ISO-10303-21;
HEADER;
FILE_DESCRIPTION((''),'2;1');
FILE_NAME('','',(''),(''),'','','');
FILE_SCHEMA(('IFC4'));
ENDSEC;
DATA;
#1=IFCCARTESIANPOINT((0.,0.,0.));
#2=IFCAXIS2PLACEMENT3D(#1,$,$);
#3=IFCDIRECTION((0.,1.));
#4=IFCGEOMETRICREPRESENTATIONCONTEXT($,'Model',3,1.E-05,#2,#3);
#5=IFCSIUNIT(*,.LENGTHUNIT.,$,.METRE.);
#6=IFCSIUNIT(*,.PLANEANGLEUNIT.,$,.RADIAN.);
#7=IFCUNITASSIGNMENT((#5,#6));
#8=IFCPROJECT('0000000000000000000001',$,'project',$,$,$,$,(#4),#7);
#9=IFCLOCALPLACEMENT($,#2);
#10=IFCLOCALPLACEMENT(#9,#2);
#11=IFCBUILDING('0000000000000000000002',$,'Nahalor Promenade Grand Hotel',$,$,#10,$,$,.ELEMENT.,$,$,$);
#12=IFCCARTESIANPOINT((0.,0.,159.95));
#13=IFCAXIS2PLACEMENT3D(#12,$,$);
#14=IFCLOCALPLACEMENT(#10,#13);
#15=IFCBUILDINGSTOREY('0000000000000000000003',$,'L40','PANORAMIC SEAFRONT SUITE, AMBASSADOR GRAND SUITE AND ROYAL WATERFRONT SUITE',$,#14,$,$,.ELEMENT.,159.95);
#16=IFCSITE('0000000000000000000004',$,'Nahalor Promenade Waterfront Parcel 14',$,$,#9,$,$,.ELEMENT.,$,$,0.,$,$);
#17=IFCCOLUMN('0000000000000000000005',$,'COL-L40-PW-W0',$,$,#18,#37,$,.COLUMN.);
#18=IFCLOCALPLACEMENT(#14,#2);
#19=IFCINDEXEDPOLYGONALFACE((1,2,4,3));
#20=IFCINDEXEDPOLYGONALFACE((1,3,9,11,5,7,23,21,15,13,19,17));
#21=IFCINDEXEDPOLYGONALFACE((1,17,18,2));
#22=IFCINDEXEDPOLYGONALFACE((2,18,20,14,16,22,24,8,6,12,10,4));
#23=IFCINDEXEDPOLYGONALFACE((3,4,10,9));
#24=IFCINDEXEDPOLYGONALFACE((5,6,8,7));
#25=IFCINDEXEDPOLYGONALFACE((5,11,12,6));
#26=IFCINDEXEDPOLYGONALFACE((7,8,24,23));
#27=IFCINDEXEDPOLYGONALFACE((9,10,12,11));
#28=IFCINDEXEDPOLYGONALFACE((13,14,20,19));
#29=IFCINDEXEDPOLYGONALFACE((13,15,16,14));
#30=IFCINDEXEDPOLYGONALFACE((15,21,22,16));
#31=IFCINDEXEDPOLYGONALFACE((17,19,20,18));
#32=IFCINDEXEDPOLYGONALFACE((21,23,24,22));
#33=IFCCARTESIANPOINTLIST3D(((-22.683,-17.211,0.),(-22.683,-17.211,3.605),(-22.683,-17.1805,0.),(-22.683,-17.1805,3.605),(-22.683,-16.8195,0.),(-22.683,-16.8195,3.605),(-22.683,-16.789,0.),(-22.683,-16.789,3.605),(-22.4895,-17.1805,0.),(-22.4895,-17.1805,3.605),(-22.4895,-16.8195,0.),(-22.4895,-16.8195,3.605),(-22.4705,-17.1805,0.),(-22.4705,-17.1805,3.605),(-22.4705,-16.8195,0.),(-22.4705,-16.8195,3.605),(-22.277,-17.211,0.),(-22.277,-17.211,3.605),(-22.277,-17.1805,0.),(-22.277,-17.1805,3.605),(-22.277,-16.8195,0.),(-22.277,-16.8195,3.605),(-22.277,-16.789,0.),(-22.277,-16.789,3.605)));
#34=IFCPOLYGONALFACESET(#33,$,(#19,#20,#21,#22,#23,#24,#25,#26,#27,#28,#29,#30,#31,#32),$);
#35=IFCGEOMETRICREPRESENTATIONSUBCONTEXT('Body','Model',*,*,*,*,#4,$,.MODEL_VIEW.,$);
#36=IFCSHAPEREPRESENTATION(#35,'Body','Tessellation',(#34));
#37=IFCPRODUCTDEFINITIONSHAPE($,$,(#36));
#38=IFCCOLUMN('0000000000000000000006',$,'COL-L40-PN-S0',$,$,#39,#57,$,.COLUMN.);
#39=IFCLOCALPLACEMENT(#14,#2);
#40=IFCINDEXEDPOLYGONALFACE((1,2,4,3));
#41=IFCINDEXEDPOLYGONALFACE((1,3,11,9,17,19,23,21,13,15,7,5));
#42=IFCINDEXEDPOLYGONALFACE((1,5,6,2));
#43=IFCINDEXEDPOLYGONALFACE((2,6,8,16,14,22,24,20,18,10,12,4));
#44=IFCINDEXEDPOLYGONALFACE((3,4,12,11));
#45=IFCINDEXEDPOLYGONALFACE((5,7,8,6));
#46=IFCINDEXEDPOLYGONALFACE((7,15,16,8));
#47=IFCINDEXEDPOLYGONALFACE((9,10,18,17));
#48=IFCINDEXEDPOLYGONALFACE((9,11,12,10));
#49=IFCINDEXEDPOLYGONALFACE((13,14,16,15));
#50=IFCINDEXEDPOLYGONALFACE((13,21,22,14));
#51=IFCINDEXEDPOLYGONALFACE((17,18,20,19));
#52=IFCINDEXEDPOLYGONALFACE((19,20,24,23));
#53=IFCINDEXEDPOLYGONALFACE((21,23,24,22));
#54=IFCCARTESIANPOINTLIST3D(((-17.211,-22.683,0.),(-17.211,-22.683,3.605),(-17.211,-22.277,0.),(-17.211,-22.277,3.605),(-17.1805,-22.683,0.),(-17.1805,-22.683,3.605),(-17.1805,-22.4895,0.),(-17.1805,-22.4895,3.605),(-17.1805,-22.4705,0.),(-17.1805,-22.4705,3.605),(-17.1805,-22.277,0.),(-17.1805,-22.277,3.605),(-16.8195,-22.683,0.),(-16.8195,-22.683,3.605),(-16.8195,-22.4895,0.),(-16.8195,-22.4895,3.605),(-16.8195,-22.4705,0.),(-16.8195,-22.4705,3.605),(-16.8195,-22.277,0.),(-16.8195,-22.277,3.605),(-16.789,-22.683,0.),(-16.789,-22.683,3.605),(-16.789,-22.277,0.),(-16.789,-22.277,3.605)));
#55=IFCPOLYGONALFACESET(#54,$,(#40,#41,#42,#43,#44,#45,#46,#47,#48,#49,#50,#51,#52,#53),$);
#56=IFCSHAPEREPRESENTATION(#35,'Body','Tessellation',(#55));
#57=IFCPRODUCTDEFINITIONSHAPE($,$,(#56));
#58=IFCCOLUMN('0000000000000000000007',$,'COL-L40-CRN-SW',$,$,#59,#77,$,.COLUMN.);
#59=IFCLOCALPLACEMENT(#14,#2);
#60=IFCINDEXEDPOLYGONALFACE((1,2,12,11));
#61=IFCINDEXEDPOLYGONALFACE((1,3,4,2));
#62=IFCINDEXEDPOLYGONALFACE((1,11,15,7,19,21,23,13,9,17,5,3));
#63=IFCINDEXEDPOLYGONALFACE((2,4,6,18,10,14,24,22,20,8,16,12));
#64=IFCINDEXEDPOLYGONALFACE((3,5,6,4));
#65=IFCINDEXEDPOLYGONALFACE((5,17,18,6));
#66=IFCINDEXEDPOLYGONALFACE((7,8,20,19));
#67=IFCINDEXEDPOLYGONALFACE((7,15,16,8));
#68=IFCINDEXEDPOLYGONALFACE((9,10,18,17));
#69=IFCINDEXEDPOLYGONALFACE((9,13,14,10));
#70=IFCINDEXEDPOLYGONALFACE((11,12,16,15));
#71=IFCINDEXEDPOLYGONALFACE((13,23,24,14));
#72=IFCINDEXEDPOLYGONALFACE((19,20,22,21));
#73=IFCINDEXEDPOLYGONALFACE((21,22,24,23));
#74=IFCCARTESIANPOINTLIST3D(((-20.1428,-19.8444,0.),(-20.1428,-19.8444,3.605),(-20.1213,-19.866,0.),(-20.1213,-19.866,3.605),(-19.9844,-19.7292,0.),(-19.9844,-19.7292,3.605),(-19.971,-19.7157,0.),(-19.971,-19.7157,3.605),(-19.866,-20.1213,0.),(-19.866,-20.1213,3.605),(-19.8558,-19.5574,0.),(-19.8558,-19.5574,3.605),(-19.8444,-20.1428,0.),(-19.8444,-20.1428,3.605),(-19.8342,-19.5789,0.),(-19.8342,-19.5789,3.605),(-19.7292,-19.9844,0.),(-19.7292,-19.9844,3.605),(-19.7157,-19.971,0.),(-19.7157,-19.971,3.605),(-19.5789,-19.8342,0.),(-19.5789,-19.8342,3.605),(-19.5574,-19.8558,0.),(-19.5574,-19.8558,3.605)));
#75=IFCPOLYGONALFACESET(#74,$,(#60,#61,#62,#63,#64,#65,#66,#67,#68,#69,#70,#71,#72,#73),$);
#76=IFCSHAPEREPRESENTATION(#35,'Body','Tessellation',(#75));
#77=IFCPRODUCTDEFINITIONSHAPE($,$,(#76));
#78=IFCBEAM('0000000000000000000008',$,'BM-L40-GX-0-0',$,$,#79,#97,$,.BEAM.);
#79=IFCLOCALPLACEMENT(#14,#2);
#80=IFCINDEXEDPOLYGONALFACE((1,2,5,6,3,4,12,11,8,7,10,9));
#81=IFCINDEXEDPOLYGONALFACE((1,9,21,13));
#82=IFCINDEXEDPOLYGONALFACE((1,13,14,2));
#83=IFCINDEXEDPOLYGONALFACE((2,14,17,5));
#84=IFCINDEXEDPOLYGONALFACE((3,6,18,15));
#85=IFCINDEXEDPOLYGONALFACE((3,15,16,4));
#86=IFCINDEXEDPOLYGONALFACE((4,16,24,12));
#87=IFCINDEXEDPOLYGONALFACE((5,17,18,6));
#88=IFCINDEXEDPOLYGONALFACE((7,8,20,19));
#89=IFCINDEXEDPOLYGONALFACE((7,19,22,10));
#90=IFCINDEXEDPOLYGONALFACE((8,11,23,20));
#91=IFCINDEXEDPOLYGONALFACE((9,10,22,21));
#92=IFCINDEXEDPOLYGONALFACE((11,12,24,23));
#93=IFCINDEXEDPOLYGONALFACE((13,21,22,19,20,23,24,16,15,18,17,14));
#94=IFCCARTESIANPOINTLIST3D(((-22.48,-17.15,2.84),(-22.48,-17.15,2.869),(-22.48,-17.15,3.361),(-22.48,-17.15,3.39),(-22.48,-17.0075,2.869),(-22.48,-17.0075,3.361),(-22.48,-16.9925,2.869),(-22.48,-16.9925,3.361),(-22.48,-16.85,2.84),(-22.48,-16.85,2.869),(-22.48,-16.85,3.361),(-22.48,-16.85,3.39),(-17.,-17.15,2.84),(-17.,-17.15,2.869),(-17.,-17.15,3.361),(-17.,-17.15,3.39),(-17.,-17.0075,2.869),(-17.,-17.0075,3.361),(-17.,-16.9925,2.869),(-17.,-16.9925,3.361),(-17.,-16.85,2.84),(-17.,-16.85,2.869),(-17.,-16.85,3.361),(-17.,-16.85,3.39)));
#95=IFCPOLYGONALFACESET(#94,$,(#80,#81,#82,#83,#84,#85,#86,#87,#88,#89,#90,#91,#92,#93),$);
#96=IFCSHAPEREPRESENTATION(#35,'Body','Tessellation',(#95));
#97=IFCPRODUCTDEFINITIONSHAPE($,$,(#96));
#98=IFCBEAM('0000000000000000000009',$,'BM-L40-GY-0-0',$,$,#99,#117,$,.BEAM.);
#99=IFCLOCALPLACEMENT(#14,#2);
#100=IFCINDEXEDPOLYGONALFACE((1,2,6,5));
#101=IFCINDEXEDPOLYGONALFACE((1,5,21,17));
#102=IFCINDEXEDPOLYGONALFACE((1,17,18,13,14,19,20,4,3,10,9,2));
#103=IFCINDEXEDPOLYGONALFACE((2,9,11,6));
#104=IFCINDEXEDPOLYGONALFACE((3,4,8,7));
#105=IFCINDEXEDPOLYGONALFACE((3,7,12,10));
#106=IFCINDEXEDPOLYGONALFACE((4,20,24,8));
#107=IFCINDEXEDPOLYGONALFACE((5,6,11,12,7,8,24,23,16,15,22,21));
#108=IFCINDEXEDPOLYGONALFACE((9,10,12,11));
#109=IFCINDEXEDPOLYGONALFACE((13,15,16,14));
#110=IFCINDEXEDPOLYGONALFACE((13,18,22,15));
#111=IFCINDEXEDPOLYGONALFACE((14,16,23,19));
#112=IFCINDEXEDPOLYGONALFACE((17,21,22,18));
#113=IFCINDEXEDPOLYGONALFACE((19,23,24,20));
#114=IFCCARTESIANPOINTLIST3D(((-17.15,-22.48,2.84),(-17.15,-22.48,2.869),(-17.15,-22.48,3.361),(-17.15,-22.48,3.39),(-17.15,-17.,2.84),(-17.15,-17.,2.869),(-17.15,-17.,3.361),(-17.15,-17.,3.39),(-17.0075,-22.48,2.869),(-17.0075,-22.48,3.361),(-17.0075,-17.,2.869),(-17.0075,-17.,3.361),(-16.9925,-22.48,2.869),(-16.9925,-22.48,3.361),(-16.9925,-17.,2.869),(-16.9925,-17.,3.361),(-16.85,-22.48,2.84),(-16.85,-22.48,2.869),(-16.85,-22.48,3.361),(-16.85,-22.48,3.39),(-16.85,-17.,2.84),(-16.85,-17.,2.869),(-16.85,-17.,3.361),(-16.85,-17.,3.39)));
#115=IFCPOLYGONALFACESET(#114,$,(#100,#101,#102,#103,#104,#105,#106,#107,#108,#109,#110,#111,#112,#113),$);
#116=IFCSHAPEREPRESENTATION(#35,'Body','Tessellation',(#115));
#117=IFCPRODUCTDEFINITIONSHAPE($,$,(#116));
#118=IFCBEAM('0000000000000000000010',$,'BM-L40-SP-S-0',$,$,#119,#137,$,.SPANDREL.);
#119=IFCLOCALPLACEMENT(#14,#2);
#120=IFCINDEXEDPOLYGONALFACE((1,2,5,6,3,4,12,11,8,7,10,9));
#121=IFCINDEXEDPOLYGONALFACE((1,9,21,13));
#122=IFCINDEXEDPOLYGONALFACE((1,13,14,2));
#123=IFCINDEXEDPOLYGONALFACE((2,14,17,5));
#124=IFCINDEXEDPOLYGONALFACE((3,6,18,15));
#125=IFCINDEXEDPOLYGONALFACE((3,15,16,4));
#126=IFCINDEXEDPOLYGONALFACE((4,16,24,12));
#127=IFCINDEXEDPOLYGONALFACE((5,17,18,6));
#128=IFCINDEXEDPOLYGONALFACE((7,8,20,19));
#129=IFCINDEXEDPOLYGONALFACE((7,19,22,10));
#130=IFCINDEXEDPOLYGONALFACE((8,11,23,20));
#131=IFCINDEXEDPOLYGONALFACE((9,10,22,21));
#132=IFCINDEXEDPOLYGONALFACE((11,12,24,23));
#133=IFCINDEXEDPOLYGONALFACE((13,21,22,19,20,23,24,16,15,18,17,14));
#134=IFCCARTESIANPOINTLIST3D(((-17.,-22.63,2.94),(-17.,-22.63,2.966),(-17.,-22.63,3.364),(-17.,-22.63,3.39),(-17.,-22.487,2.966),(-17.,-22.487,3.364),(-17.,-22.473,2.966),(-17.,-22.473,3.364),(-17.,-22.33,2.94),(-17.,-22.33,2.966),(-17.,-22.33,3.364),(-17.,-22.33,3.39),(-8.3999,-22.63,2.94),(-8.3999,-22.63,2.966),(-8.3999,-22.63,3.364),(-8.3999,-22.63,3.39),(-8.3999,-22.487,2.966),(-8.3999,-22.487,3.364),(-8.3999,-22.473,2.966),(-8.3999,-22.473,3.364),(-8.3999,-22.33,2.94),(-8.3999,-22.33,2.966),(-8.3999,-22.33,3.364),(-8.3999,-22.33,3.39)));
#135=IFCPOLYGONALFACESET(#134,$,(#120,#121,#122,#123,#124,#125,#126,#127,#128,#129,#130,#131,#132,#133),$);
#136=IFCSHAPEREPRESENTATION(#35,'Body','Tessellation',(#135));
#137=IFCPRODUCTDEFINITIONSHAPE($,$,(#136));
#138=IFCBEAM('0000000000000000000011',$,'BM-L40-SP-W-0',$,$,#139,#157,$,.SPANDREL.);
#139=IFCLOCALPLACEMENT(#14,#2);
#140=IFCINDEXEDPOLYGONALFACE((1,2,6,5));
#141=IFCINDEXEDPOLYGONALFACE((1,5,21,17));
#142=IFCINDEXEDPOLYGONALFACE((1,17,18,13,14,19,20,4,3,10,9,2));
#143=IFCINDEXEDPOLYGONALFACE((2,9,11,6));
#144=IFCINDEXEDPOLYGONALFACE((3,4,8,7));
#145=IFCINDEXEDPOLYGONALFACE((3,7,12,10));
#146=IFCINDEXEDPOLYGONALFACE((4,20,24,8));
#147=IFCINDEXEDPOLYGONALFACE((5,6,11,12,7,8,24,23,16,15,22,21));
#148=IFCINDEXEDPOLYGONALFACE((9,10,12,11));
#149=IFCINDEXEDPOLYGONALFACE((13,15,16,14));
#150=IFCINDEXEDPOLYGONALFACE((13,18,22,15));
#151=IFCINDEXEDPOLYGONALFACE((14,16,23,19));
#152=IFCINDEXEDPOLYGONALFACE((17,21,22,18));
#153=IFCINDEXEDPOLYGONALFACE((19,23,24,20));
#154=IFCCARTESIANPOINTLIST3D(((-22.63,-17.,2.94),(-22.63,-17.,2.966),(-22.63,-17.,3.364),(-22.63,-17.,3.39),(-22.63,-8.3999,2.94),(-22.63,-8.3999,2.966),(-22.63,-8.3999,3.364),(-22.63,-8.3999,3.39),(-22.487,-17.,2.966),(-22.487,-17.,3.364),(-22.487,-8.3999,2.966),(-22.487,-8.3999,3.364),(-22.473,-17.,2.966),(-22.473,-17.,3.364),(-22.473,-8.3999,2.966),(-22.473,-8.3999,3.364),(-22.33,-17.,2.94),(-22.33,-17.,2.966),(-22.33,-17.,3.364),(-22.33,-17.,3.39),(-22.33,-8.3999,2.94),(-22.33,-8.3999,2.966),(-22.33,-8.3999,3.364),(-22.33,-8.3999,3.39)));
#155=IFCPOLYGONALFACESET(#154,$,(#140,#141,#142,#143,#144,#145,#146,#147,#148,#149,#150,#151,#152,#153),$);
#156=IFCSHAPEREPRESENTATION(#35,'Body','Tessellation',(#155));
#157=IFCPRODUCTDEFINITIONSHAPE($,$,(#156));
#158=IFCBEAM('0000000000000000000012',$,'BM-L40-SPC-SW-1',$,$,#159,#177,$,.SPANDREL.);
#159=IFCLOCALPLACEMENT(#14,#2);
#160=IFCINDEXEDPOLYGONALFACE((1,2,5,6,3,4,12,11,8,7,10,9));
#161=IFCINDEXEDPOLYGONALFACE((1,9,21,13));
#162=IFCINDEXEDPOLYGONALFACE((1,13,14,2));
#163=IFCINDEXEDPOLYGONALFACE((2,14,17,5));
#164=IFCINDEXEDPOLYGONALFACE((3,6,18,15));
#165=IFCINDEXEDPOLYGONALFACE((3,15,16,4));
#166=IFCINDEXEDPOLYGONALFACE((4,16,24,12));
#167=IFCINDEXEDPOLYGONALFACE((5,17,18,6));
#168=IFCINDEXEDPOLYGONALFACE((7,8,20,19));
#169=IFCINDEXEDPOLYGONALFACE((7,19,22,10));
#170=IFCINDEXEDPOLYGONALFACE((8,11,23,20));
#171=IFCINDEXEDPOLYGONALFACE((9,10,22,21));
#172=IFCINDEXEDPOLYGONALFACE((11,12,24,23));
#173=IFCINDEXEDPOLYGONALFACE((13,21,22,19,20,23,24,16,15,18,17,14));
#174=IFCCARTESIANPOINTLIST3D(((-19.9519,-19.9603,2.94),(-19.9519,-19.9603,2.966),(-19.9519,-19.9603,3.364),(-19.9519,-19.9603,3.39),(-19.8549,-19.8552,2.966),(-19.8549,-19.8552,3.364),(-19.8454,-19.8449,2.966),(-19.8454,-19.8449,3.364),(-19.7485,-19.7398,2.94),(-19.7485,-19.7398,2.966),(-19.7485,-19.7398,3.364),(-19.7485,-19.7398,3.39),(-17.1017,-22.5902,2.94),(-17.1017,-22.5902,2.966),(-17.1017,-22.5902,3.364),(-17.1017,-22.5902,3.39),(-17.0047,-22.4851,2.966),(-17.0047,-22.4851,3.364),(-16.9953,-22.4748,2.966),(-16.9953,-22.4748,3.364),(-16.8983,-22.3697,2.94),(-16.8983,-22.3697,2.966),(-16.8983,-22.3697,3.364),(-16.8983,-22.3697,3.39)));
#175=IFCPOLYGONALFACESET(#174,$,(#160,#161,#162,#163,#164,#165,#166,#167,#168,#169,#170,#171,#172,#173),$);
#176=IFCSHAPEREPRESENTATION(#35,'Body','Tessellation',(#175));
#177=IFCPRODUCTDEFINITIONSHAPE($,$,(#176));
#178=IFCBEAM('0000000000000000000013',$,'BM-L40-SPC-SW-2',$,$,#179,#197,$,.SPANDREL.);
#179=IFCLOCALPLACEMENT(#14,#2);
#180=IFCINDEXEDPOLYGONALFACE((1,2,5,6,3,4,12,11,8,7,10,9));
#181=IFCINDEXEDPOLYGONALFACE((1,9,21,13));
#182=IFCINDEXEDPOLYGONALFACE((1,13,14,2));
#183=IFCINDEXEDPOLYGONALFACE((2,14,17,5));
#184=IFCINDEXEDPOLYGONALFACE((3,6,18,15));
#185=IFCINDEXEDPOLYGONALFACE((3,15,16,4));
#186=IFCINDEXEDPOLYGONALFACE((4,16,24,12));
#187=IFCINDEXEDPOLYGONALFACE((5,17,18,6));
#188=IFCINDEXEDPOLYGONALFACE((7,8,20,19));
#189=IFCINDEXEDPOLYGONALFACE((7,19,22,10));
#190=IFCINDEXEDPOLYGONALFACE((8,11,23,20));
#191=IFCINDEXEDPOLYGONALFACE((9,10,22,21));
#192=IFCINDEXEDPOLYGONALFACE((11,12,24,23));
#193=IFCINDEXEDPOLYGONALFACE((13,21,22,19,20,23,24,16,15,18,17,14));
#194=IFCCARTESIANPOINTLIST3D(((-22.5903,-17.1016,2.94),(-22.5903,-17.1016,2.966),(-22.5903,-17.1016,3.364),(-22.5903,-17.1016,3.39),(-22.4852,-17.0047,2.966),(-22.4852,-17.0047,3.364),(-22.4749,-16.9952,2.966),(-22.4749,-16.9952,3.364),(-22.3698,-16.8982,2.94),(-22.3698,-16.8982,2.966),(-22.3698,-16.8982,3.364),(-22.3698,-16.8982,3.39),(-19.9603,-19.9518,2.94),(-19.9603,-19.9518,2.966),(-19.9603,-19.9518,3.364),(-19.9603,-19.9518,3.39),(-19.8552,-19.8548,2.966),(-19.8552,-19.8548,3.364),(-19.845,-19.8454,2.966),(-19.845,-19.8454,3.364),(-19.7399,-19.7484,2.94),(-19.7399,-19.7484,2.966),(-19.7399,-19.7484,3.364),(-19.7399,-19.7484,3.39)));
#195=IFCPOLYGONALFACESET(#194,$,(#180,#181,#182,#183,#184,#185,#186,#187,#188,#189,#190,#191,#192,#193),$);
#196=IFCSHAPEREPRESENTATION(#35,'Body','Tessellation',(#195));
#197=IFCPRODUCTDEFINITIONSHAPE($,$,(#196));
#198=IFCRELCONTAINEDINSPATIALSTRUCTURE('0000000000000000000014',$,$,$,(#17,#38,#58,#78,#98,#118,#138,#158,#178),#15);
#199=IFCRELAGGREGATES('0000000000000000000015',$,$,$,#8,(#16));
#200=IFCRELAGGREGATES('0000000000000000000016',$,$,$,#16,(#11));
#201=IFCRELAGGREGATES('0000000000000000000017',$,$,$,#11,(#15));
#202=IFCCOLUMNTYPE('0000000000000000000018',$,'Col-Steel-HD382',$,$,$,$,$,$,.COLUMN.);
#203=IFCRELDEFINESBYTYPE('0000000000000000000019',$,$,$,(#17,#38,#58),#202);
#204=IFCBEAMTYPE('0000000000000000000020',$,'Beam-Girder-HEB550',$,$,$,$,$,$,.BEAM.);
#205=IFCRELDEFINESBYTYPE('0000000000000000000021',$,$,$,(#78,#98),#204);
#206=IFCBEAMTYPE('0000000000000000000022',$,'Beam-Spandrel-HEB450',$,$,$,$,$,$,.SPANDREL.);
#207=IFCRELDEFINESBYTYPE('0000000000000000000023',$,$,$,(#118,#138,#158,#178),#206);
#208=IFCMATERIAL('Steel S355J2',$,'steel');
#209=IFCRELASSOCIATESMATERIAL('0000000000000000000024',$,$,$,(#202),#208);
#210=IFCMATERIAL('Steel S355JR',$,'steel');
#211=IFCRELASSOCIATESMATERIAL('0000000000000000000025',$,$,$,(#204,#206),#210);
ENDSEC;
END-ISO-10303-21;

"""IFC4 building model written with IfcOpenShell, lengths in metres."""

from ifc_helpers import new_model, si_unit, direction, frame, origin, origin_2d, place, context, subcontext, project, spatial, i_section, extrude, source, transform, mapped, material, material_profile, profile_set, type_object, element, save


model = new_model("IFC4")

# Units and contexts
model_context = context("Model", 3, precision=1e-05, world=origin(), true_north=direction((0.0, 1.0)))
body_context = subcontext(model_context, "Body", "Model", "MODEL_VIEW")
ifc_project = project(units=[si_unit("LENGTHUNIT", "METRE"), si_unit("PLANEANGLEUNIT", "RADIAN")], contexts=[model_context])

# Site, building, storey
site_placement = place(None, origin())
site = spatial("IfcSite", under=ifc_project, at=site_placement, Name="Nahalor Promenade Waterfront Parcel 14", CompositionType="ELEMENT", RefElevation=0.0)
building_placement = place(site_placement, origin())
building = spatial("IfcBuilding", under=site, at=building_placement, Name="Nahalor Promenade Grand Hotel", CompositionType="ELEMENT")
storey_placement = place(building_placement, frame((0.0, 0.0, 159.95)))
storey = spatial("IfcBuildingStorey", under=building, at=storey_placement, Name="L40", Description="PANORAMIC SEAFRONT SUITE, AMBASSADOR GRAND SUITE AND ROYAL WATERFRONT SUITE", CompositionType="ELEMENT", Elevation=159.95)

# Columns
ifc_material_1 = material(Name="Steel S355J2", Category="steel")
ifc_material_profile_1 = material_profile(ifc_material_1, i_section(OverallWidth=0.406, OverallDepth=0.422, WebThickness=0.019, FlangeThickness=0.0305, at=origin_2d()), Name="HD 400x382")
ifc_profile_set_1 = profile_set([ifc_material_profile_1], Name="Steel S355J2")
column_type = type_object("IfcColumnType", Name="Col-Steel-HD382", PredefinedType="COLUMN", material=ifc_profile_set_1)
shared_shape_1 = source(origin(), body_context, "Body", "SweptSolid", [
    extrude(i_section(OverallWidth=0.406, OverallDepth=0.422, WebThickness=0.019, FlangeThickness=0.0305, at=origin_2d()), origin(), (0.0, 0.0, 1.0), 3.605),
])
for number, where, z_axis, x_axis, name in (
    (1, (-22.48, -17.0, 0.0), (0.0, 0.0, 1.0), (1.0, 0.0, 0.0), "COL-L40-PW-W0"),
    (2, (-17.0, -22.48, 0.0), (0.0, 0.0, 1.0), (0.0, 1.0, 0.0), "COL-L40-PN-S0"),
    (3, (-19.8501, -19.8501, 0.0), (0.0, 0.0, 1.0), (0.707107, 0.707107, 0.0), "COL-L40-CRN-SW"),
):
    element("IfcColumn", number, at=place(storey_placement, frame(where, z_axis=z_axis, x_axis=x_axis)), inside=storey, type_object=column_type, Name=name, PredefinedType="COLUMN", context=body_context, shape_type="MappedRepresentation", body=[
        mapped(shared_shape_1, transform((0.0, 0.0, 0.0), scale=1.0)),
    ])

# Beams
ifc_material_2 = material(Name="Steel S355JR", Category="steel")
ifc_material_profile_2 = material_profile(ifc_material_2, i_section(OverallWidth=0.3, OverallDepth=0.55, WebThickness=0.015, FlangeThickness=0.029, at=origin_2d()), Name="HEB 550")
ifc_profile_set_2 = profile_set([ifc_material_profile_2], Name="Steel S355JR")
beam_type_1 = type_object("IfcBeamType", Name="Beam-Girder-HEB550", PredefinedType="BEAM", material=ifc_profile_set_2)
shared_shape_2 = source(origin(), body_context, "Body", "SweptSolid", [
    extrude(i_section(OverallWidth=0.3, OverallDepth=0.55, WebThickness=0.015, FlangeThickness=0.029, at=origin_2d()), origin(), (0.0, 0.0, 1.0), 5.48),
])
for number, where, z_axis, x_axis, name in (
    (4, (-22.48, -17.0, 3.115), (1.0, 0.0, 0.0), (0.0, 1.0, 0.0), "BM-L40-GX-0-0"),
    (5, (-17.0, -22.48, 3.115), (0.0, 1.0, 0.0), (-1.0, 0.0, 0.0), "BM-L40-GY-0-0"),
):
    element("IfcBeam", number, at=place(storey_placement, frame(where, z_axis=z_axis, x_axis=x_axis)), inside=storey, type_object=beam_type_1, Name=name, PredefinedType="BEAM", context=body_context, shape_type="MappedRepresentation", body=[
        mapped(shared_shape_2, transform((0.0, 0.0, 0.0), scale=1.0)),
    ])
ifc_material_profile_3 = material_profile(ifc_material_2, i_section(OverallWidth=0.3, OverallDepth=0.45, WebThickness=0.014, FlangeThickness=0.026, at=origin_2d()), Name="HEB 450")
ifc_profile_set_3 = profile_set([ifc_material_profile_3], Name="Steel S355JR")
beam_type_2 = type_object("IfcBeamType", Name="Beam-Spandrel-HEB450", PredefinedType="SPANDREL", material=ifc_profile_set_3)
shared_shape_3 = source(origin(), body_context, "Body", "SweptSolid", [
    extrude(i_section(OverallWidth=0.3, OverallDepth=0.45, WebThickness=0.014, FlangeThickness=0.026, at=origin_2d()), origin(), (0.0, 0.0, 1.0), 8.6001),
])
for number, where, z_axis, x_axis, name in (
    (6, (-17.0, -22.48, 3.165), (1.0, 0.0, 0.0), (0.0, 1.0, 0.0), "BM-L40-SP-S-0"),
    (7, (-22.48, -17.0, 3.165), (0.0, 1.0, 0.0), (-1.0, 0.0, 0.0), "BM-L40-SP-W-0"),
):
    element("IfcBeam", number, at=place(storey_placement, frame(where, z_axis=z_axis, x_axis=x_axis)), inside=storey, type_object=beam_type_2, Name=name, PredefinedType="SPANDREL", context=body_context, shape_type="MappedRepresentation", body=[
        mapped(shared_shape_3, transform((0.0, 0.0, 0.0), scale=1.0)),
    ])
shared_shape_4 = source(origin(), body_context, "Body", "SweptSolid", [
    extrude(i_section(OverallWidth=0.3, OverallDepth=0.45, WebThickness=0.014, FlangeThickness=0.026, at=origin_2d()), origin(), (0.0, 0.0, 1.0), 3.8782),
])
for number, where, z_axis, x_axis, name in (
    (8, (-17.0, -22.48, 3.165), (-0.734929, 0.678144, 0.0), (-0.678144, -0.734929, 0.0), "BM-L40-SPC-SW-1"),
    (9, (-19.8501, -19.8501, 3.165), (-0.678144, 0.734929, 0.0), (-0.734929, -0.678144, 0.0), "BM-L40-SPC-SW-2"),
):
    element("IfcBeam", number, at=place(storey_placement, frame(where, z_axis=z_axis, x_axis=x_axis)), inside=storey, type_object=beam_type_2, Name=name, PredefinedType="SPANDREL", context=body_context, shape_type="MappedRepresentation", body=[
        mapped(shared_shape_4, transform((0.0, 0.0, 0.0), scale=1.0)),
    ])

save(model, "model.ifc")
